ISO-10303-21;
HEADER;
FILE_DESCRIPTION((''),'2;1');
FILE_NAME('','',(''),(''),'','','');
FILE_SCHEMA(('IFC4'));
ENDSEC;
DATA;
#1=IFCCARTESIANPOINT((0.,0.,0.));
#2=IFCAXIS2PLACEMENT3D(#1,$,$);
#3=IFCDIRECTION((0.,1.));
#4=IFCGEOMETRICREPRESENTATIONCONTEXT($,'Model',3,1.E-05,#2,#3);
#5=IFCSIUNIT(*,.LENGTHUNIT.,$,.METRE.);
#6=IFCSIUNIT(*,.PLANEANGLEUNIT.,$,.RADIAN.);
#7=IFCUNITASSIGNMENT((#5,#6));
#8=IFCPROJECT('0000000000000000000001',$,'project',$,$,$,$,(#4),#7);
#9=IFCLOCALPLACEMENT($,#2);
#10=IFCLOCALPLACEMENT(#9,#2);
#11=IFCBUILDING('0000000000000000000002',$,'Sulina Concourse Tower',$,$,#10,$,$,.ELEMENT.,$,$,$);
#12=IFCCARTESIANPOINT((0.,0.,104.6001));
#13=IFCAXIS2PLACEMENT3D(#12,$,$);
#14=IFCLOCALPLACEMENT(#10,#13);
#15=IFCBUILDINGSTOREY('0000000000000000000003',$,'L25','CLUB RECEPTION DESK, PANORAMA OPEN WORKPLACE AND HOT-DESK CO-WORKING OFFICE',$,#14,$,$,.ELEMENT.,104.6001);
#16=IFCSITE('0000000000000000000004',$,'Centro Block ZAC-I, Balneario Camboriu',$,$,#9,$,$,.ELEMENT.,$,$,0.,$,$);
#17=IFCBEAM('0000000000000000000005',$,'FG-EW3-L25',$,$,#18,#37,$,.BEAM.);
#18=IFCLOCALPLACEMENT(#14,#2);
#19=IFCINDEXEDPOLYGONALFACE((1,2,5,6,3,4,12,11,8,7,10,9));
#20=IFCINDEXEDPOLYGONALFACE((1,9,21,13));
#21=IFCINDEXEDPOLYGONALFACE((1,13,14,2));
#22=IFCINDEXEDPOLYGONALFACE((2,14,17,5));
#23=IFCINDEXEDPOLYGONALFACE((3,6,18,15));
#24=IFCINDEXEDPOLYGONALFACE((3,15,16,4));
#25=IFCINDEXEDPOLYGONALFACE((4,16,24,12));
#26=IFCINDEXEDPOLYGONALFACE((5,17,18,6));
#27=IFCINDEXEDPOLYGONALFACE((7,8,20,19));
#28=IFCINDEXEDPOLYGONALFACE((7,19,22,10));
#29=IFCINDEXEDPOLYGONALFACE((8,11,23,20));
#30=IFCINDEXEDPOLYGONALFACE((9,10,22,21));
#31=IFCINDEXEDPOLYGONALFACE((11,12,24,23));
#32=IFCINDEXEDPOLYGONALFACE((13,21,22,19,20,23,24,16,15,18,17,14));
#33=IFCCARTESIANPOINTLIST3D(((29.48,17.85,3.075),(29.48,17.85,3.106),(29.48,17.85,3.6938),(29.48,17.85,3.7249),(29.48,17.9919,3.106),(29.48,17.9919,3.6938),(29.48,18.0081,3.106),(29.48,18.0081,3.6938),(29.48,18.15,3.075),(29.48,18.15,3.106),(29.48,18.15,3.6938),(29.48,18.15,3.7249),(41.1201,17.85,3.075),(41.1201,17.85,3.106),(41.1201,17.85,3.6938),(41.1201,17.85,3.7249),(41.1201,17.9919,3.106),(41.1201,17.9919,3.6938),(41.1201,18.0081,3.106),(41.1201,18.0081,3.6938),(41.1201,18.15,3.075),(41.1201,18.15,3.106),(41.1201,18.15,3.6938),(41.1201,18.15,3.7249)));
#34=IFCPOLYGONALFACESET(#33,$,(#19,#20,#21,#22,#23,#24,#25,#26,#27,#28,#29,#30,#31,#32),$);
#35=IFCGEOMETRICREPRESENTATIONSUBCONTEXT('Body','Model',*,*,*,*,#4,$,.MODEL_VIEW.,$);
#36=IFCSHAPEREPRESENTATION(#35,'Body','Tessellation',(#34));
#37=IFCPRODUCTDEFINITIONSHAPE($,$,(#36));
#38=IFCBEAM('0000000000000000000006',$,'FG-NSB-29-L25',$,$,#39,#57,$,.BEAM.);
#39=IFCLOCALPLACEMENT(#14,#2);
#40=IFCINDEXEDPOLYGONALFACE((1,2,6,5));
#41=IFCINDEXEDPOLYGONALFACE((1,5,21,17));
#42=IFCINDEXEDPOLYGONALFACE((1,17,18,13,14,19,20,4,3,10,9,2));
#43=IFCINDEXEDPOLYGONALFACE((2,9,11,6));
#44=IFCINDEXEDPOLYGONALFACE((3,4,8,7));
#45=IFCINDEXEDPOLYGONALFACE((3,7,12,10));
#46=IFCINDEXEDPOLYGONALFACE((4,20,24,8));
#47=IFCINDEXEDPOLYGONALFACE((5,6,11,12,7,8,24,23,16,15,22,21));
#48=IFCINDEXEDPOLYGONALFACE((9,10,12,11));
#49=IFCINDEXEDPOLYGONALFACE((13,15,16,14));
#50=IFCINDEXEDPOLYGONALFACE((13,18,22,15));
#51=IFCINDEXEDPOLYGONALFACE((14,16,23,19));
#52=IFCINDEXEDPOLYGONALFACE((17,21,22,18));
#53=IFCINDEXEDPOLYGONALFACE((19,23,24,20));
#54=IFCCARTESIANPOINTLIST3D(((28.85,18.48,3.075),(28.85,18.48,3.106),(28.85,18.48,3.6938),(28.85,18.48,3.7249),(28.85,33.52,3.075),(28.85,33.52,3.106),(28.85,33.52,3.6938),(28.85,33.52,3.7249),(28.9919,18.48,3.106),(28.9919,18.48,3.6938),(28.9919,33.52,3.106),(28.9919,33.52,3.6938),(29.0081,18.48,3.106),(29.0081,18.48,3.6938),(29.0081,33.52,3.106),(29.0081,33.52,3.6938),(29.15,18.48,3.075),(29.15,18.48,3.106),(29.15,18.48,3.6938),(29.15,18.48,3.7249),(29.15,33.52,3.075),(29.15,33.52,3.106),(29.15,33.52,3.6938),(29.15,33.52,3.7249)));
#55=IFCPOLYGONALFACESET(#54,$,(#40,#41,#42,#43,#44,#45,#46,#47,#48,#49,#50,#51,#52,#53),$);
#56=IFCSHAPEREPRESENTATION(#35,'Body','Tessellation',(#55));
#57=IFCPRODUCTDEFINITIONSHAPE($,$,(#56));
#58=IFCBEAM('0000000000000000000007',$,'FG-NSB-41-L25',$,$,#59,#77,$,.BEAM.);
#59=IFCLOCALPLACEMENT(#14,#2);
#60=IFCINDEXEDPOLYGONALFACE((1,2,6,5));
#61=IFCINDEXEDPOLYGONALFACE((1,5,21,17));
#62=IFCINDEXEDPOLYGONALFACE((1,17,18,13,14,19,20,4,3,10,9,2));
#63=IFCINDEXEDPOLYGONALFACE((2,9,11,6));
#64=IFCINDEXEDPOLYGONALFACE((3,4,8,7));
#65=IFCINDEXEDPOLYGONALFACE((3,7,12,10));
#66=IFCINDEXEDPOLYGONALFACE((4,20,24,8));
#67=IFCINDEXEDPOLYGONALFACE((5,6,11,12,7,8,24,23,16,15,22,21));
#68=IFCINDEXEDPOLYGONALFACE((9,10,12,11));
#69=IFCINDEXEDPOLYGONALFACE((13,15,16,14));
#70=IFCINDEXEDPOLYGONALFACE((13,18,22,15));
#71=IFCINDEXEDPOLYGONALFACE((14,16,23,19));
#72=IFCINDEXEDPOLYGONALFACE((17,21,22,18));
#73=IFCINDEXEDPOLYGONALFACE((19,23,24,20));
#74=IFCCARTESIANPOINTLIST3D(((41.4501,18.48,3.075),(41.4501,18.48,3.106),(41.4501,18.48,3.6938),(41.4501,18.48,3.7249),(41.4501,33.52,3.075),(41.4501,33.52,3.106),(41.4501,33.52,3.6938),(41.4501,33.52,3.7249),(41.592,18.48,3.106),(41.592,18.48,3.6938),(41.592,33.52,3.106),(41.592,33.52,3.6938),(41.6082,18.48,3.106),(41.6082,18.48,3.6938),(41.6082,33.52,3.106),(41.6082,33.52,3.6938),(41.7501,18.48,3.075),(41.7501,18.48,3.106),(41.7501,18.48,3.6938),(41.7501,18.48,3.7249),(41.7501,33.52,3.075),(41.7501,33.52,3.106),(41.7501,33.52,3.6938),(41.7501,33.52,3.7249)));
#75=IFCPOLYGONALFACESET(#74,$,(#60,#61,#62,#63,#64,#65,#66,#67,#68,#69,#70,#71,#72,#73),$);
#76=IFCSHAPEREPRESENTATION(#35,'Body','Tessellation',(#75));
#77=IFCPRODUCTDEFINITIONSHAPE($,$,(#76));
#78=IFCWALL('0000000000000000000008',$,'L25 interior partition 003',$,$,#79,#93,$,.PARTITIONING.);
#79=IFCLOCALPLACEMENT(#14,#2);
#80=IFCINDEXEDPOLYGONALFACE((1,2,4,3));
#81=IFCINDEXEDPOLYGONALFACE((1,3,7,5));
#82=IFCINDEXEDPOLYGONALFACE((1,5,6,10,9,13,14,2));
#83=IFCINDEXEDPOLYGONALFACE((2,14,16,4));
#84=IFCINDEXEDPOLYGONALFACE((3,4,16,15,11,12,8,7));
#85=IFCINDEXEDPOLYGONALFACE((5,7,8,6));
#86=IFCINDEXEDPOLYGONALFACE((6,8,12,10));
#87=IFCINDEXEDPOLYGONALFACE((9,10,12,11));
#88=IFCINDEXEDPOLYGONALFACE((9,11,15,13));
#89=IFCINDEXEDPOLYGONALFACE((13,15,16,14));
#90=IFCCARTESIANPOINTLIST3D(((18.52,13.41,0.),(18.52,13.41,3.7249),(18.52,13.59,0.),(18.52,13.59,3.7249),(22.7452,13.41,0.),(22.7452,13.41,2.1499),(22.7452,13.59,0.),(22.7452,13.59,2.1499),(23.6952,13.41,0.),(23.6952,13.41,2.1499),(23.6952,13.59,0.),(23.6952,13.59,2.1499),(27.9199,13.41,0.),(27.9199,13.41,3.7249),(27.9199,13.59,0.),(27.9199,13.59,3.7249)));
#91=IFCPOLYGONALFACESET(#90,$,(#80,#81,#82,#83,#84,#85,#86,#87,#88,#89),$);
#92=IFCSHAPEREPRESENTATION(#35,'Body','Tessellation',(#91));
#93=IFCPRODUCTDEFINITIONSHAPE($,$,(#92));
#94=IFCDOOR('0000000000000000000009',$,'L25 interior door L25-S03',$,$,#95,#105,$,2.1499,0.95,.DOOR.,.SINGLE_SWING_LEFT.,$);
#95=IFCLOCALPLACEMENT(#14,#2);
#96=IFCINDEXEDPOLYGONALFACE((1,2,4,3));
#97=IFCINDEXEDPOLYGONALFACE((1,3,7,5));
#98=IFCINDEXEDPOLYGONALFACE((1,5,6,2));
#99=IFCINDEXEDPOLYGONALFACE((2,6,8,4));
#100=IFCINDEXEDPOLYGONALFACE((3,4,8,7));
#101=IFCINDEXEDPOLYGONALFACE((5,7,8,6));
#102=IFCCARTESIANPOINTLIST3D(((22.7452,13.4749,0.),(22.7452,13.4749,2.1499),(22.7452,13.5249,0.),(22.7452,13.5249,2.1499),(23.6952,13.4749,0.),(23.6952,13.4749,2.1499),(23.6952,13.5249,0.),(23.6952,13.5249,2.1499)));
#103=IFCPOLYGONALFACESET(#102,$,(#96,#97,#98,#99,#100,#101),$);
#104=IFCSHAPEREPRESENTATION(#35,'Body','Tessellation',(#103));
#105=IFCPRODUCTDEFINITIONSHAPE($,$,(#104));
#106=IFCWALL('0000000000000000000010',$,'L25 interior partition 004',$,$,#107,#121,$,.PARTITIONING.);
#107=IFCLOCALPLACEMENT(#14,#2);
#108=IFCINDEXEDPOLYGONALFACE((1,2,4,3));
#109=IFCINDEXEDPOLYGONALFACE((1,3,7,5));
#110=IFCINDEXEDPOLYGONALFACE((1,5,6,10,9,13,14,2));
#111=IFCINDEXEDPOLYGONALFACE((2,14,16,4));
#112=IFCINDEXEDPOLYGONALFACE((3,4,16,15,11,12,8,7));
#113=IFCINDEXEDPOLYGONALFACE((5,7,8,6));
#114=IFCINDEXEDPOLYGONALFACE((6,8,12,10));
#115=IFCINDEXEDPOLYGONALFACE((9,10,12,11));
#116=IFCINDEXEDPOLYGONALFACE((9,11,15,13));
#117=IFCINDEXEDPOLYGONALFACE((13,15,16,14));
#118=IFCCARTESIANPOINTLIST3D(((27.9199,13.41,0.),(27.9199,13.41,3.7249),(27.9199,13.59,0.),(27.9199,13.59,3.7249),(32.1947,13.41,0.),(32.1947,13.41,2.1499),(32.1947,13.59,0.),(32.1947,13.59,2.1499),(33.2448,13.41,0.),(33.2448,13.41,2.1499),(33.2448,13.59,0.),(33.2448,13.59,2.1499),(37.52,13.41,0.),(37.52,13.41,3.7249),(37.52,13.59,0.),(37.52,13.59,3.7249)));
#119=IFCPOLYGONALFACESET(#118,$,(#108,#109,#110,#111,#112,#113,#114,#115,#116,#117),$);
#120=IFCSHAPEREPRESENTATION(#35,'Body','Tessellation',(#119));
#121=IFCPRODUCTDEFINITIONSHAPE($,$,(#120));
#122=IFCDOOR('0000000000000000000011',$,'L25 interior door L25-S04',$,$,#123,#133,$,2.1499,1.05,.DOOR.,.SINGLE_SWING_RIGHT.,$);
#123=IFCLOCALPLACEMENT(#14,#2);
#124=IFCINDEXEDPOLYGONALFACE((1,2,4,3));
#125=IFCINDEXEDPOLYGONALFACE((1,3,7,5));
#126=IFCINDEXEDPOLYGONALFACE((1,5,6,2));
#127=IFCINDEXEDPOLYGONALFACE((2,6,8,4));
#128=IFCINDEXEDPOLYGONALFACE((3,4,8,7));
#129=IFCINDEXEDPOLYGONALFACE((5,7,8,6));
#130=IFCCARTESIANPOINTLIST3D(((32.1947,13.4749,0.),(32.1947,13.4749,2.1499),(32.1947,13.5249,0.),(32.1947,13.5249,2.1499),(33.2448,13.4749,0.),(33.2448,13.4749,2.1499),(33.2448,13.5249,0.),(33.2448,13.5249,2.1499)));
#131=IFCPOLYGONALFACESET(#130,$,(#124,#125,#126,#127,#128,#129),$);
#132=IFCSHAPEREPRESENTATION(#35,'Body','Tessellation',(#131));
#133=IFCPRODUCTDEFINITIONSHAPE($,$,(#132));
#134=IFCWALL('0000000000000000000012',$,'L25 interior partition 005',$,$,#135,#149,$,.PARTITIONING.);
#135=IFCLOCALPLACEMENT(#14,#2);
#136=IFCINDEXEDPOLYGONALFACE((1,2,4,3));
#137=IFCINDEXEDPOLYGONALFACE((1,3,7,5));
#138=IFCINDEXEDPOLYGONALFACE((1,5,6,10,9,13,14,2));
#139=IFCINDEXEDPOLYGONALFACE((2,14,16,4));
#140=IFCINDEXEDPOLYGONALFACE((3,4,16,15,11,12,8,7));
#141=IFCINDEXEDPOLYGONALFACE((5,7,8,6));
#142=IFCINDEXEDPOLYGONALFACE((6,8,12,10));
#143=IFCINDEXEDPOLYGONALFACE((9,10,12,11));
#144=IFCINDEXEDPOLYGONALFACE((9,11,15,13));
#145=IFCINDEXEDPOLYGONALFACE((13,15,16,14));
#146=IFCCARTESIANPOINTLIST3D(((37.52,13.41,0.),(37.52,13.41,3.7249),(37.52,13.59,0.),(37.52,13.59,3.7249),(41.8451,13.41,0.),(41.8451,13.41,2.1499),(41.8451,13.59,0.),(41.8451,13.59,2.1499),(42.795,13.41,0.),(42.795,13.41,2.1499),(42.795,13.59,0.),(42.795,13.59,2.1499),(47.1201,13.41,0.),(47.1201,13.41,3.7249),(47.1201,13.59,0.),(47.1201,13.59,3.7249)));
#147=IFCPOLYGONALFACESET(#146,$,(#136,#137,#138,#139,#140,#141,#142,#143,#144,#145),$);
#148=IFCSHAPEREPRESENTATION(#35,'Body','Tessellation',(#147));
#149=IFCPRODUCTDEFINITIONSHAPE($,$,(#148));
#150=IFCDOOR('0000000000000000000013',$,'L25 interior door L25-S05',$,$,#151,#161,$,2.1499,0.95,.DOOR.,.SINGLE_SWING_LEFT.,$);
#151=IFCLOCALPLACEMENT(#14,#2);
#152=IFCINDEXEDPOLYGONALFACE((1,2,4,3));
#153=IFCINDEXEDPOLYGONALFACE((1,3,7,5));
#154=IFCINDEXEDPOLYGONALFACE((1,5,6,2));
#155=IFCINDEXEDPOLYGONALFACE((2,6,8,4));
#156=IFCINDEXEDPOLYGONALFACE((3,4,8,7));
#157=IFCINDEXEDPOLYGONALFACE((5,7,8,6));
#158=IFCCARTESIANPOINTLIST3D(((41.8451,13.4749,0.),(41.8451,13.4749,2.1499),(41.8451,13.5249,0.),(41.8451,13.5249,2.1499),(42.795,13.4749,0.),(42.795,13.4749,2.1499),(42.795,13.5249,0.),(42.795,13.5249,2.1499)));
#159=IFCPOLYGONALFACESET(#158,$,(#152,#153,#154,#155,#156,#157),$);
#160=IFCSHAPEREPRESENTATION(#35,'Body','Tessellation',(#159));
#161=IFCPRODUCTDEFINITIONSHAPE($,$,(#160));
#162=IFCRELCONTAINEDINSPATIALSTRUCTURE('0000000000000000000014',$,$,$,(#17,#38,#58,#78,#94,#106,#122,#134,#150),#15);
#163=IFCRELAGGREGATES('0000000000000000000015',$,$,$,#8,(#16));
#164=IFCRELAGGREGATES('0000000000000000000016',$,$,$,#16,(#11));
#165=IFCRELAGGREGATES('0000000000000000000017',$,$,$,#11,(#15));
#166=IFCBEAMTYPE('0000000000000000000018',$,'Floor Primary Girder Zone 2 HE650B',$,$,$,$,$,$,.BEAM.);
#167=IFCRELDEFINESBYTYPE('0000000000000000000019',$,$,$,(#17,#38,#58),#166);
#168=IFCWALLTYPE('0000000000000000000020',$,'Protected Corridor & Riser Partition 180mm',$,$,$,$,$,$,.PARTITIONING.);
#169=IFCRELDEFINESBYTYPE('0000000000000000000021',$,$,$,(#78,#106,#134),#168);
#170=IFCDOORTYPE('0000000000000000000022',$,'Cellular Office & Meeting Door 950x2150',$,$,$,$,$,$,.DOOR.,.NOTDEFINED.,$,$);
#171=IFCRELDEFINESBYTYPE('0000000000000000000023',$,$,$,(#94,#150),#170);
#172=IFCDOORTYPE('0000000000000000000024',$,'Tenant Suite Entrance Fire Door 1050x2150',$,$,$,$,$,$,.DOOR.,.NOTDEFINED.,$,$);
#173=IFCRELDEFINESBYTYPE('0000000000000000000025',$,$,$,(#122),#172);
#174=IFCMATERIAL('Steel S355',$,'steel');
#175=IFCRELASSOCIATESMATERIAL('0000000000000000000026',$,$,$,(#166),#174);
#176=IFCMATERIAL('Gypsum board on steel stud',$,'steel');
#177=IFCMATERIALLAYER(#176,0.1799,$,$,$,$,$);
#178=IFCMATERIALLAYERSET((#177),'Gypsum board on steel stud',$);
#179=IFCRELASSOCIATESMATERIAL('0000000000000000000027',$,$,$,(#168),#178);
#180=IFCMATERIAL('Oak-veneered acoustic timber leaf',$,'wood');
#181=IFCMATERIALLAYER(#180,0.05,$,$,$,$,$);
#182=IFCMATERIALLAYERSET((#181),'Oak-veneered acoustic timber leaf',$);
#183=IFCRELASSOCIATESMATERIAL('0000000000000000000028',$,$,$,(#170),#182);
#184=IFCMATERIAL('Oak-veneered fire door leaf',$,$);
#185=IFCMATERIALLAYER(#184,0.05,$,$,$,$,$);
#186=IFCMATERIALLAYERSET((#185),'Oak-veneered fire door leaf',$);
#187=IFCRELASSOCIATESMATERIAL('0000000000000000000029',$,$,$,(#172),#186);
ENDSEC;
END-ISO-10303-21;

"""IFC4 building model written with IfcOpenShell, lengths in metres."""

from ifc_helpers import new_model, si_unit, direction, frame, frame_2d, origin, origin_2d, place, context, subcontext, project, spatial, rectangle, i_section, extrude, material, layer, layer_set, material_profile, profile_set, type_object, element, fill, save


model = new_model("IFC4")

# Units and contexts
model_context = context("Model", 3, precision=1e-05, world=origin(), true_north=direction((0.0, 1.0)))
body_context = subcontext(model_context, "Body", "Model", "MODEL_VIEW")
ifc_project = project(units=[si_unit("LENGTHUNIT", "METRE"), si_unit("PLANEANGLEUNIT", "RADIAN")], contexts=[model_context])

# Site, building, storey
site_placement = place(None, origin())
site = spatial("IfcSite", under=ifc_project, at=site_placement, Name="Centro Block ZAC-I, Balneario Camboriu", CompositionType="ELEMENT", RefElevation=0.0)
building_placement = place(site_placement, origin())
building = spatial("IfcBuilding", under=site, at=building_placement, Name="Sulina Concourse Tower", CompositionType="ELEMENT")
storey_placement = place(building_placement, frame((0.0, 0.0, 104.6001)))
storey = spatial("IfcBuildingStorey", under=building, at=storey_placement, Name="L25", Description="CLUB RECEPTION DESK, PANORAMA OPEN WORKPLACE AND HOT-DESK CO-WORKING OFFICE", CompositionType="ELEMENT", Elevation=104.6001)

# Beams
ifc_material_1 = material(Name="Steel S355", Category="steel")
ifc_material_profile_1 = material_profile(ifc_material_1, i_section(OverallWidth=0.3, OverallDepth=0.6499, WebThickness=0.0161, FlangeThickness=0.031, at=origin_2d()), Name="HE 650 B")
ifc_profile_set_1 = profile_set([ifc_material_profile_1], Name="Steel S355")
beam_type_1 = type_object("IfcBeamType", Name="Floor Primary Girder Zone 2 HE650B", PredefinedType="BEAM", material=ifc_profile_set_1)
beam_1_placement = place(storey_placement, frame((29.48, 18.0, 3.3999), z_axis=(1.0, 0.0, 0.0), x_axis=(0.0, 1.0, 0.0)))
element("IfcBeam", 1, at=beam_1_placement, inside=storey, type_object=beam_type_1, Name="FG-EW3-L25", PredefinedType="BEAM", context=body_context, shape_type="SweptSolid", body=[
    extrude(i_section(OverallWidth=0.3, OverallDepth=0.6499, WebThickness=0.0161, FlangeThickness=0.031, at=origin_2d()), origin(), (0.0, 0.0, 1.0), 11.6401),
])
for number, where, z_axis, x_axis, name in (
    (2, (29.0, 18.48, 3.3999), (0.0, 1.0, 0.0), (-1.0, 0.0, 0.0), "FG-NSB-29-L25"),
    (3, (41.6001, 18.48, 3.3999), (0.0, 1.0, 0.0), (-1.0, 0.0, 0.0), "FG-NSB-41-L25"),
):
    element("IfcBeam", number, at=place(storey_placement, frame(where, z_axis=z_axis, x_axis=x_axis)), inside=storey, type_object=beam_type_1, Name=name, PredefinedType="BEAM", context=body_context, shape_type="SweptSolid", body=[
        extrude(i_section(OverallWidth=0.3, OverallDepth=0.6499, WebThickness=0.0161, FlangeThickness=0.031, at=origin_2d()), origin(), (0.0, 0.0, 1.0), 15.04),
    ])

# Walls, openings, doors
ifc_material_2 = material(Name="Gypsum board on steel stud", Category="steel")
ifc_layer_1 = layer(ifc_material_2, 0.1799)
ifc_layer_set_1 = layer_set([ifc_layer_1], Name="Gypsum board on steel stud")
wall_type = type_object("IfcWallType", Name="Protected Corridor & Riser Partition 180mm", PredefinedType="PARTITIONING", material=ifc_layer_set_1)
wall_1_placement = place(storey_placement, frame((18.52, 13.5, 0.0), z_axis=(0.0, 0.0, 1.0), x_axis=(1.0, 0.0, 0.0)))
wall_1 = element("IfcWall", 4, at=wall_1_placement, inside=storey, type_object=wall_type, Name="L25 interior partition 003", PredefinedType="PARTITIONING", context=body_context, shape_type="SweptSolid", body=[
    extrude(rectangle(XDim=9.3999, YDim=0.1799, at=frame_2d((4.7, 0.0))), origin(), (0.0, 0.0, 1.0), 3.7249),
])
opening_1_placement = place(wall_1_placement, frame((4.2251, 0.0, 0.0)))
opening_1 = element("IfcOpeningElement", 5, at=opening_1_placement, cuts=wall_1, PredefinedType="OPENING", context=body_context, shape_type="SweptSolid", body=[
    extrude(rectangle(XDim=0.95, YDim=2.1499, at=frame_2d((0.4751, 1.075))), frame((0.0, 0.0999, 0.0), z_axis=(0.0, -1.0, 0.0), x_axis=(1.0, 0.0, 0.0)), (0.0, 0.0, 1.0), 0.2),
])
ifc_material_3 = material(Name="Oak-veneered acoustic timber leaf", Category="wood")
ifc_layer_2 = layer(ifc_material_3, 0.05)
ifc_layer_set_2 = layer_set([ifc_layer_2], Name="Oak-veneered acoustic timber leaf")
door_type_1 = type_object("IfcDoorType", Name="Cellular Office & Meeting Door 950x2150", OperationType="NOTDEFINED", PredefinedType="DOOR", material=ifc_layer_set_2)
door_1_placement = place(opening_1_placement, origin())
door_1 = element("IfcDoor", 6, at=door_1_placement, inside=storey, type_object=door_type_1, Name="L25 interior door L25-S03", OperationType="SINGLE_SWING_LEFT", OverallHeight=2.1499, OverallWidth=0.95, PredefinedType="DOOR", context=body_context, shape_type="SweptSolid", body=[
    extrude(rectangle(XDim=0.95, YDim=2.1499, at=frame_2d((0.4751, 1.075))), frame((0.0, 0.0249, 0.0), z_axis=(0.0, -1.0, 0.0), x_axis=(1.0, 0.0, 0.0)), (0.0, 0.0, 1.0), 0.05),
])
fill(opening_1, door_1)
wall_2_placement = place(storey_placement, frame((27.9199, 13.5, 0.0), z_axis=(0.0, 0.0, 1.0), x_axis=(1.0, 0.0, 0.0)))
wall_2 = element("IfcWall", 7, at=wall_2_placement, inside=storey, type_object=wall_type, Name="L25 interior partition 004", PredefinedType="PARTITIONING", context=body_context, shape_type="SweptSolid", body=[
    extrude(rectangle(XDim=9.6001, YDim=0.1799, at=frame_2d((4.8, 0.0))), origin(), (0.0, 0.0, 1.0), 3.7249),
])
opening_2_placement = place(wall_2_placement, frame((4.2749, 0.0, 0.0)))
opening_2 = element("IfcOpeningElement", 8, at=opening_2_placement, cuts=wall_2, PredefinedType="OPENING", context=body_context, shape_type="SweptSolid", body=[
    extrude(rectangle(XDim=1.05, YDim=2.1499, at=frame_2d((0.5249, 1.075))), frame((0.0, 0.0999, 0.0), z_axis=(0.0, -1.0, 0.0), x_axis=(1.0, 0.0, 0.0)), (0.0, 0.0, 1.0), 0.2),
])
ifc_material_4 = material(Name="Oak-veneered fire door leaf")
ifc_layer_3 = layer(ifc_material_4, 0.05)
ifc_layer_set_3 = layer_set([ifc_layer_3], Name="Oak-veneered fire door leaf")
door_type_2 = type_object("IfcDoorType", Name="Tenant Suite Entrance Fire Door 1050x2150", OperationType="NOTDEFINED", PredefinedType="DOOR", material=ifc_layer_set_3)
door_2_placement = place(opening_2_placement, origin())
door_2 = element("IfcDoor", 9, at=door_2_placement, inside=storey, type_object=door_type_2, Name="L25 interior door L25-S04", OperationType="SINGLE_SWING_RIGHT", OverallHeight=2.1499, OverallWidth=1.05, PredefinedType="DOOR", context=body_context, shape_type="SweptSolid", body=[
    extrude(rectangle(XDim=1.05, YDim=2.1499, at=frame_2d((0.5249, 1.075))), frame((0.0, 0.0249, 0.0), z_axis=(0.0, -1.0, 0.0), x_axis=(1.0, 0.0, 0.0)), (0.0, 0.0, 1.0), 0.05),
])
fill(opening_2, door_2)
wall_3_placement = place(storey_placement, frame((37.52, 13.5, 0.0), z_axis=(0.0, 0.0, 1.0), x_axis=(1.0, 0.0, 0.0)))
wall_3 = element("IfcWall", 10, at=wall_3_placement, inside=storey, type_object=wall_type, Name="L25 interior partition 005", PredefinedType="PARTITIONING", context=body_context, shape_type="SweptSolid", body=[
    extrude(rectangle(XDim=9.6001, YDim=0.1799, at=frame_2d((4.8, 0.0))), origin(), (0.0, 0.0, 1.0), 3.7249),
])
opening_3_placement = place(wall_3_placement, frame((4.325, 0.0, 0.0)))
opening_3 = element("IfcOpeningElement", 11, at=opening_3_placement, cuts=wall_3, PredefinedType="OPENING", context=body_context, shape_type="SweptSolid", body=[
    extrude(rectangle(XDim=0.95, YDim=2.1499, at=frame_2d((0.4751, 1.075))), frame((0.0, 0.0999, 0.0), z_axis=(0.0, -1.0, 0.0), x_axis=(1.0, 0.0, 0.0)), (0.0, 0.0, 1.0), 0.2),
])
door_3_placement = place(opening_3_placement, origin())
door_3 = element("IfcDoor", 12, at=door_3_placement, inside=storey, type_object=door_type_1, Name="L25 interior door L25-S05", OperationType="SINGLE_SWING_LEFT", OverallHeight=2.1499, OverallWidth=0.95, PredefinedType="DOOR", context=body_context, shape_type="SweptSolid", body=[
    extrude(rectangle(XDim=0.95, YDim=2.1499, at=frame_2d((0.4751, 1.075))), frame((0.0, 0.0249, 0.0), z_axis=(0.0, -1.0, 0.0), x_axis=(1.0, 0.0, 0.0)), (0.0, 0.0, 1.0), 0.05),
])
fill(opening_3, door_3)

save(model, "model.ifc")
